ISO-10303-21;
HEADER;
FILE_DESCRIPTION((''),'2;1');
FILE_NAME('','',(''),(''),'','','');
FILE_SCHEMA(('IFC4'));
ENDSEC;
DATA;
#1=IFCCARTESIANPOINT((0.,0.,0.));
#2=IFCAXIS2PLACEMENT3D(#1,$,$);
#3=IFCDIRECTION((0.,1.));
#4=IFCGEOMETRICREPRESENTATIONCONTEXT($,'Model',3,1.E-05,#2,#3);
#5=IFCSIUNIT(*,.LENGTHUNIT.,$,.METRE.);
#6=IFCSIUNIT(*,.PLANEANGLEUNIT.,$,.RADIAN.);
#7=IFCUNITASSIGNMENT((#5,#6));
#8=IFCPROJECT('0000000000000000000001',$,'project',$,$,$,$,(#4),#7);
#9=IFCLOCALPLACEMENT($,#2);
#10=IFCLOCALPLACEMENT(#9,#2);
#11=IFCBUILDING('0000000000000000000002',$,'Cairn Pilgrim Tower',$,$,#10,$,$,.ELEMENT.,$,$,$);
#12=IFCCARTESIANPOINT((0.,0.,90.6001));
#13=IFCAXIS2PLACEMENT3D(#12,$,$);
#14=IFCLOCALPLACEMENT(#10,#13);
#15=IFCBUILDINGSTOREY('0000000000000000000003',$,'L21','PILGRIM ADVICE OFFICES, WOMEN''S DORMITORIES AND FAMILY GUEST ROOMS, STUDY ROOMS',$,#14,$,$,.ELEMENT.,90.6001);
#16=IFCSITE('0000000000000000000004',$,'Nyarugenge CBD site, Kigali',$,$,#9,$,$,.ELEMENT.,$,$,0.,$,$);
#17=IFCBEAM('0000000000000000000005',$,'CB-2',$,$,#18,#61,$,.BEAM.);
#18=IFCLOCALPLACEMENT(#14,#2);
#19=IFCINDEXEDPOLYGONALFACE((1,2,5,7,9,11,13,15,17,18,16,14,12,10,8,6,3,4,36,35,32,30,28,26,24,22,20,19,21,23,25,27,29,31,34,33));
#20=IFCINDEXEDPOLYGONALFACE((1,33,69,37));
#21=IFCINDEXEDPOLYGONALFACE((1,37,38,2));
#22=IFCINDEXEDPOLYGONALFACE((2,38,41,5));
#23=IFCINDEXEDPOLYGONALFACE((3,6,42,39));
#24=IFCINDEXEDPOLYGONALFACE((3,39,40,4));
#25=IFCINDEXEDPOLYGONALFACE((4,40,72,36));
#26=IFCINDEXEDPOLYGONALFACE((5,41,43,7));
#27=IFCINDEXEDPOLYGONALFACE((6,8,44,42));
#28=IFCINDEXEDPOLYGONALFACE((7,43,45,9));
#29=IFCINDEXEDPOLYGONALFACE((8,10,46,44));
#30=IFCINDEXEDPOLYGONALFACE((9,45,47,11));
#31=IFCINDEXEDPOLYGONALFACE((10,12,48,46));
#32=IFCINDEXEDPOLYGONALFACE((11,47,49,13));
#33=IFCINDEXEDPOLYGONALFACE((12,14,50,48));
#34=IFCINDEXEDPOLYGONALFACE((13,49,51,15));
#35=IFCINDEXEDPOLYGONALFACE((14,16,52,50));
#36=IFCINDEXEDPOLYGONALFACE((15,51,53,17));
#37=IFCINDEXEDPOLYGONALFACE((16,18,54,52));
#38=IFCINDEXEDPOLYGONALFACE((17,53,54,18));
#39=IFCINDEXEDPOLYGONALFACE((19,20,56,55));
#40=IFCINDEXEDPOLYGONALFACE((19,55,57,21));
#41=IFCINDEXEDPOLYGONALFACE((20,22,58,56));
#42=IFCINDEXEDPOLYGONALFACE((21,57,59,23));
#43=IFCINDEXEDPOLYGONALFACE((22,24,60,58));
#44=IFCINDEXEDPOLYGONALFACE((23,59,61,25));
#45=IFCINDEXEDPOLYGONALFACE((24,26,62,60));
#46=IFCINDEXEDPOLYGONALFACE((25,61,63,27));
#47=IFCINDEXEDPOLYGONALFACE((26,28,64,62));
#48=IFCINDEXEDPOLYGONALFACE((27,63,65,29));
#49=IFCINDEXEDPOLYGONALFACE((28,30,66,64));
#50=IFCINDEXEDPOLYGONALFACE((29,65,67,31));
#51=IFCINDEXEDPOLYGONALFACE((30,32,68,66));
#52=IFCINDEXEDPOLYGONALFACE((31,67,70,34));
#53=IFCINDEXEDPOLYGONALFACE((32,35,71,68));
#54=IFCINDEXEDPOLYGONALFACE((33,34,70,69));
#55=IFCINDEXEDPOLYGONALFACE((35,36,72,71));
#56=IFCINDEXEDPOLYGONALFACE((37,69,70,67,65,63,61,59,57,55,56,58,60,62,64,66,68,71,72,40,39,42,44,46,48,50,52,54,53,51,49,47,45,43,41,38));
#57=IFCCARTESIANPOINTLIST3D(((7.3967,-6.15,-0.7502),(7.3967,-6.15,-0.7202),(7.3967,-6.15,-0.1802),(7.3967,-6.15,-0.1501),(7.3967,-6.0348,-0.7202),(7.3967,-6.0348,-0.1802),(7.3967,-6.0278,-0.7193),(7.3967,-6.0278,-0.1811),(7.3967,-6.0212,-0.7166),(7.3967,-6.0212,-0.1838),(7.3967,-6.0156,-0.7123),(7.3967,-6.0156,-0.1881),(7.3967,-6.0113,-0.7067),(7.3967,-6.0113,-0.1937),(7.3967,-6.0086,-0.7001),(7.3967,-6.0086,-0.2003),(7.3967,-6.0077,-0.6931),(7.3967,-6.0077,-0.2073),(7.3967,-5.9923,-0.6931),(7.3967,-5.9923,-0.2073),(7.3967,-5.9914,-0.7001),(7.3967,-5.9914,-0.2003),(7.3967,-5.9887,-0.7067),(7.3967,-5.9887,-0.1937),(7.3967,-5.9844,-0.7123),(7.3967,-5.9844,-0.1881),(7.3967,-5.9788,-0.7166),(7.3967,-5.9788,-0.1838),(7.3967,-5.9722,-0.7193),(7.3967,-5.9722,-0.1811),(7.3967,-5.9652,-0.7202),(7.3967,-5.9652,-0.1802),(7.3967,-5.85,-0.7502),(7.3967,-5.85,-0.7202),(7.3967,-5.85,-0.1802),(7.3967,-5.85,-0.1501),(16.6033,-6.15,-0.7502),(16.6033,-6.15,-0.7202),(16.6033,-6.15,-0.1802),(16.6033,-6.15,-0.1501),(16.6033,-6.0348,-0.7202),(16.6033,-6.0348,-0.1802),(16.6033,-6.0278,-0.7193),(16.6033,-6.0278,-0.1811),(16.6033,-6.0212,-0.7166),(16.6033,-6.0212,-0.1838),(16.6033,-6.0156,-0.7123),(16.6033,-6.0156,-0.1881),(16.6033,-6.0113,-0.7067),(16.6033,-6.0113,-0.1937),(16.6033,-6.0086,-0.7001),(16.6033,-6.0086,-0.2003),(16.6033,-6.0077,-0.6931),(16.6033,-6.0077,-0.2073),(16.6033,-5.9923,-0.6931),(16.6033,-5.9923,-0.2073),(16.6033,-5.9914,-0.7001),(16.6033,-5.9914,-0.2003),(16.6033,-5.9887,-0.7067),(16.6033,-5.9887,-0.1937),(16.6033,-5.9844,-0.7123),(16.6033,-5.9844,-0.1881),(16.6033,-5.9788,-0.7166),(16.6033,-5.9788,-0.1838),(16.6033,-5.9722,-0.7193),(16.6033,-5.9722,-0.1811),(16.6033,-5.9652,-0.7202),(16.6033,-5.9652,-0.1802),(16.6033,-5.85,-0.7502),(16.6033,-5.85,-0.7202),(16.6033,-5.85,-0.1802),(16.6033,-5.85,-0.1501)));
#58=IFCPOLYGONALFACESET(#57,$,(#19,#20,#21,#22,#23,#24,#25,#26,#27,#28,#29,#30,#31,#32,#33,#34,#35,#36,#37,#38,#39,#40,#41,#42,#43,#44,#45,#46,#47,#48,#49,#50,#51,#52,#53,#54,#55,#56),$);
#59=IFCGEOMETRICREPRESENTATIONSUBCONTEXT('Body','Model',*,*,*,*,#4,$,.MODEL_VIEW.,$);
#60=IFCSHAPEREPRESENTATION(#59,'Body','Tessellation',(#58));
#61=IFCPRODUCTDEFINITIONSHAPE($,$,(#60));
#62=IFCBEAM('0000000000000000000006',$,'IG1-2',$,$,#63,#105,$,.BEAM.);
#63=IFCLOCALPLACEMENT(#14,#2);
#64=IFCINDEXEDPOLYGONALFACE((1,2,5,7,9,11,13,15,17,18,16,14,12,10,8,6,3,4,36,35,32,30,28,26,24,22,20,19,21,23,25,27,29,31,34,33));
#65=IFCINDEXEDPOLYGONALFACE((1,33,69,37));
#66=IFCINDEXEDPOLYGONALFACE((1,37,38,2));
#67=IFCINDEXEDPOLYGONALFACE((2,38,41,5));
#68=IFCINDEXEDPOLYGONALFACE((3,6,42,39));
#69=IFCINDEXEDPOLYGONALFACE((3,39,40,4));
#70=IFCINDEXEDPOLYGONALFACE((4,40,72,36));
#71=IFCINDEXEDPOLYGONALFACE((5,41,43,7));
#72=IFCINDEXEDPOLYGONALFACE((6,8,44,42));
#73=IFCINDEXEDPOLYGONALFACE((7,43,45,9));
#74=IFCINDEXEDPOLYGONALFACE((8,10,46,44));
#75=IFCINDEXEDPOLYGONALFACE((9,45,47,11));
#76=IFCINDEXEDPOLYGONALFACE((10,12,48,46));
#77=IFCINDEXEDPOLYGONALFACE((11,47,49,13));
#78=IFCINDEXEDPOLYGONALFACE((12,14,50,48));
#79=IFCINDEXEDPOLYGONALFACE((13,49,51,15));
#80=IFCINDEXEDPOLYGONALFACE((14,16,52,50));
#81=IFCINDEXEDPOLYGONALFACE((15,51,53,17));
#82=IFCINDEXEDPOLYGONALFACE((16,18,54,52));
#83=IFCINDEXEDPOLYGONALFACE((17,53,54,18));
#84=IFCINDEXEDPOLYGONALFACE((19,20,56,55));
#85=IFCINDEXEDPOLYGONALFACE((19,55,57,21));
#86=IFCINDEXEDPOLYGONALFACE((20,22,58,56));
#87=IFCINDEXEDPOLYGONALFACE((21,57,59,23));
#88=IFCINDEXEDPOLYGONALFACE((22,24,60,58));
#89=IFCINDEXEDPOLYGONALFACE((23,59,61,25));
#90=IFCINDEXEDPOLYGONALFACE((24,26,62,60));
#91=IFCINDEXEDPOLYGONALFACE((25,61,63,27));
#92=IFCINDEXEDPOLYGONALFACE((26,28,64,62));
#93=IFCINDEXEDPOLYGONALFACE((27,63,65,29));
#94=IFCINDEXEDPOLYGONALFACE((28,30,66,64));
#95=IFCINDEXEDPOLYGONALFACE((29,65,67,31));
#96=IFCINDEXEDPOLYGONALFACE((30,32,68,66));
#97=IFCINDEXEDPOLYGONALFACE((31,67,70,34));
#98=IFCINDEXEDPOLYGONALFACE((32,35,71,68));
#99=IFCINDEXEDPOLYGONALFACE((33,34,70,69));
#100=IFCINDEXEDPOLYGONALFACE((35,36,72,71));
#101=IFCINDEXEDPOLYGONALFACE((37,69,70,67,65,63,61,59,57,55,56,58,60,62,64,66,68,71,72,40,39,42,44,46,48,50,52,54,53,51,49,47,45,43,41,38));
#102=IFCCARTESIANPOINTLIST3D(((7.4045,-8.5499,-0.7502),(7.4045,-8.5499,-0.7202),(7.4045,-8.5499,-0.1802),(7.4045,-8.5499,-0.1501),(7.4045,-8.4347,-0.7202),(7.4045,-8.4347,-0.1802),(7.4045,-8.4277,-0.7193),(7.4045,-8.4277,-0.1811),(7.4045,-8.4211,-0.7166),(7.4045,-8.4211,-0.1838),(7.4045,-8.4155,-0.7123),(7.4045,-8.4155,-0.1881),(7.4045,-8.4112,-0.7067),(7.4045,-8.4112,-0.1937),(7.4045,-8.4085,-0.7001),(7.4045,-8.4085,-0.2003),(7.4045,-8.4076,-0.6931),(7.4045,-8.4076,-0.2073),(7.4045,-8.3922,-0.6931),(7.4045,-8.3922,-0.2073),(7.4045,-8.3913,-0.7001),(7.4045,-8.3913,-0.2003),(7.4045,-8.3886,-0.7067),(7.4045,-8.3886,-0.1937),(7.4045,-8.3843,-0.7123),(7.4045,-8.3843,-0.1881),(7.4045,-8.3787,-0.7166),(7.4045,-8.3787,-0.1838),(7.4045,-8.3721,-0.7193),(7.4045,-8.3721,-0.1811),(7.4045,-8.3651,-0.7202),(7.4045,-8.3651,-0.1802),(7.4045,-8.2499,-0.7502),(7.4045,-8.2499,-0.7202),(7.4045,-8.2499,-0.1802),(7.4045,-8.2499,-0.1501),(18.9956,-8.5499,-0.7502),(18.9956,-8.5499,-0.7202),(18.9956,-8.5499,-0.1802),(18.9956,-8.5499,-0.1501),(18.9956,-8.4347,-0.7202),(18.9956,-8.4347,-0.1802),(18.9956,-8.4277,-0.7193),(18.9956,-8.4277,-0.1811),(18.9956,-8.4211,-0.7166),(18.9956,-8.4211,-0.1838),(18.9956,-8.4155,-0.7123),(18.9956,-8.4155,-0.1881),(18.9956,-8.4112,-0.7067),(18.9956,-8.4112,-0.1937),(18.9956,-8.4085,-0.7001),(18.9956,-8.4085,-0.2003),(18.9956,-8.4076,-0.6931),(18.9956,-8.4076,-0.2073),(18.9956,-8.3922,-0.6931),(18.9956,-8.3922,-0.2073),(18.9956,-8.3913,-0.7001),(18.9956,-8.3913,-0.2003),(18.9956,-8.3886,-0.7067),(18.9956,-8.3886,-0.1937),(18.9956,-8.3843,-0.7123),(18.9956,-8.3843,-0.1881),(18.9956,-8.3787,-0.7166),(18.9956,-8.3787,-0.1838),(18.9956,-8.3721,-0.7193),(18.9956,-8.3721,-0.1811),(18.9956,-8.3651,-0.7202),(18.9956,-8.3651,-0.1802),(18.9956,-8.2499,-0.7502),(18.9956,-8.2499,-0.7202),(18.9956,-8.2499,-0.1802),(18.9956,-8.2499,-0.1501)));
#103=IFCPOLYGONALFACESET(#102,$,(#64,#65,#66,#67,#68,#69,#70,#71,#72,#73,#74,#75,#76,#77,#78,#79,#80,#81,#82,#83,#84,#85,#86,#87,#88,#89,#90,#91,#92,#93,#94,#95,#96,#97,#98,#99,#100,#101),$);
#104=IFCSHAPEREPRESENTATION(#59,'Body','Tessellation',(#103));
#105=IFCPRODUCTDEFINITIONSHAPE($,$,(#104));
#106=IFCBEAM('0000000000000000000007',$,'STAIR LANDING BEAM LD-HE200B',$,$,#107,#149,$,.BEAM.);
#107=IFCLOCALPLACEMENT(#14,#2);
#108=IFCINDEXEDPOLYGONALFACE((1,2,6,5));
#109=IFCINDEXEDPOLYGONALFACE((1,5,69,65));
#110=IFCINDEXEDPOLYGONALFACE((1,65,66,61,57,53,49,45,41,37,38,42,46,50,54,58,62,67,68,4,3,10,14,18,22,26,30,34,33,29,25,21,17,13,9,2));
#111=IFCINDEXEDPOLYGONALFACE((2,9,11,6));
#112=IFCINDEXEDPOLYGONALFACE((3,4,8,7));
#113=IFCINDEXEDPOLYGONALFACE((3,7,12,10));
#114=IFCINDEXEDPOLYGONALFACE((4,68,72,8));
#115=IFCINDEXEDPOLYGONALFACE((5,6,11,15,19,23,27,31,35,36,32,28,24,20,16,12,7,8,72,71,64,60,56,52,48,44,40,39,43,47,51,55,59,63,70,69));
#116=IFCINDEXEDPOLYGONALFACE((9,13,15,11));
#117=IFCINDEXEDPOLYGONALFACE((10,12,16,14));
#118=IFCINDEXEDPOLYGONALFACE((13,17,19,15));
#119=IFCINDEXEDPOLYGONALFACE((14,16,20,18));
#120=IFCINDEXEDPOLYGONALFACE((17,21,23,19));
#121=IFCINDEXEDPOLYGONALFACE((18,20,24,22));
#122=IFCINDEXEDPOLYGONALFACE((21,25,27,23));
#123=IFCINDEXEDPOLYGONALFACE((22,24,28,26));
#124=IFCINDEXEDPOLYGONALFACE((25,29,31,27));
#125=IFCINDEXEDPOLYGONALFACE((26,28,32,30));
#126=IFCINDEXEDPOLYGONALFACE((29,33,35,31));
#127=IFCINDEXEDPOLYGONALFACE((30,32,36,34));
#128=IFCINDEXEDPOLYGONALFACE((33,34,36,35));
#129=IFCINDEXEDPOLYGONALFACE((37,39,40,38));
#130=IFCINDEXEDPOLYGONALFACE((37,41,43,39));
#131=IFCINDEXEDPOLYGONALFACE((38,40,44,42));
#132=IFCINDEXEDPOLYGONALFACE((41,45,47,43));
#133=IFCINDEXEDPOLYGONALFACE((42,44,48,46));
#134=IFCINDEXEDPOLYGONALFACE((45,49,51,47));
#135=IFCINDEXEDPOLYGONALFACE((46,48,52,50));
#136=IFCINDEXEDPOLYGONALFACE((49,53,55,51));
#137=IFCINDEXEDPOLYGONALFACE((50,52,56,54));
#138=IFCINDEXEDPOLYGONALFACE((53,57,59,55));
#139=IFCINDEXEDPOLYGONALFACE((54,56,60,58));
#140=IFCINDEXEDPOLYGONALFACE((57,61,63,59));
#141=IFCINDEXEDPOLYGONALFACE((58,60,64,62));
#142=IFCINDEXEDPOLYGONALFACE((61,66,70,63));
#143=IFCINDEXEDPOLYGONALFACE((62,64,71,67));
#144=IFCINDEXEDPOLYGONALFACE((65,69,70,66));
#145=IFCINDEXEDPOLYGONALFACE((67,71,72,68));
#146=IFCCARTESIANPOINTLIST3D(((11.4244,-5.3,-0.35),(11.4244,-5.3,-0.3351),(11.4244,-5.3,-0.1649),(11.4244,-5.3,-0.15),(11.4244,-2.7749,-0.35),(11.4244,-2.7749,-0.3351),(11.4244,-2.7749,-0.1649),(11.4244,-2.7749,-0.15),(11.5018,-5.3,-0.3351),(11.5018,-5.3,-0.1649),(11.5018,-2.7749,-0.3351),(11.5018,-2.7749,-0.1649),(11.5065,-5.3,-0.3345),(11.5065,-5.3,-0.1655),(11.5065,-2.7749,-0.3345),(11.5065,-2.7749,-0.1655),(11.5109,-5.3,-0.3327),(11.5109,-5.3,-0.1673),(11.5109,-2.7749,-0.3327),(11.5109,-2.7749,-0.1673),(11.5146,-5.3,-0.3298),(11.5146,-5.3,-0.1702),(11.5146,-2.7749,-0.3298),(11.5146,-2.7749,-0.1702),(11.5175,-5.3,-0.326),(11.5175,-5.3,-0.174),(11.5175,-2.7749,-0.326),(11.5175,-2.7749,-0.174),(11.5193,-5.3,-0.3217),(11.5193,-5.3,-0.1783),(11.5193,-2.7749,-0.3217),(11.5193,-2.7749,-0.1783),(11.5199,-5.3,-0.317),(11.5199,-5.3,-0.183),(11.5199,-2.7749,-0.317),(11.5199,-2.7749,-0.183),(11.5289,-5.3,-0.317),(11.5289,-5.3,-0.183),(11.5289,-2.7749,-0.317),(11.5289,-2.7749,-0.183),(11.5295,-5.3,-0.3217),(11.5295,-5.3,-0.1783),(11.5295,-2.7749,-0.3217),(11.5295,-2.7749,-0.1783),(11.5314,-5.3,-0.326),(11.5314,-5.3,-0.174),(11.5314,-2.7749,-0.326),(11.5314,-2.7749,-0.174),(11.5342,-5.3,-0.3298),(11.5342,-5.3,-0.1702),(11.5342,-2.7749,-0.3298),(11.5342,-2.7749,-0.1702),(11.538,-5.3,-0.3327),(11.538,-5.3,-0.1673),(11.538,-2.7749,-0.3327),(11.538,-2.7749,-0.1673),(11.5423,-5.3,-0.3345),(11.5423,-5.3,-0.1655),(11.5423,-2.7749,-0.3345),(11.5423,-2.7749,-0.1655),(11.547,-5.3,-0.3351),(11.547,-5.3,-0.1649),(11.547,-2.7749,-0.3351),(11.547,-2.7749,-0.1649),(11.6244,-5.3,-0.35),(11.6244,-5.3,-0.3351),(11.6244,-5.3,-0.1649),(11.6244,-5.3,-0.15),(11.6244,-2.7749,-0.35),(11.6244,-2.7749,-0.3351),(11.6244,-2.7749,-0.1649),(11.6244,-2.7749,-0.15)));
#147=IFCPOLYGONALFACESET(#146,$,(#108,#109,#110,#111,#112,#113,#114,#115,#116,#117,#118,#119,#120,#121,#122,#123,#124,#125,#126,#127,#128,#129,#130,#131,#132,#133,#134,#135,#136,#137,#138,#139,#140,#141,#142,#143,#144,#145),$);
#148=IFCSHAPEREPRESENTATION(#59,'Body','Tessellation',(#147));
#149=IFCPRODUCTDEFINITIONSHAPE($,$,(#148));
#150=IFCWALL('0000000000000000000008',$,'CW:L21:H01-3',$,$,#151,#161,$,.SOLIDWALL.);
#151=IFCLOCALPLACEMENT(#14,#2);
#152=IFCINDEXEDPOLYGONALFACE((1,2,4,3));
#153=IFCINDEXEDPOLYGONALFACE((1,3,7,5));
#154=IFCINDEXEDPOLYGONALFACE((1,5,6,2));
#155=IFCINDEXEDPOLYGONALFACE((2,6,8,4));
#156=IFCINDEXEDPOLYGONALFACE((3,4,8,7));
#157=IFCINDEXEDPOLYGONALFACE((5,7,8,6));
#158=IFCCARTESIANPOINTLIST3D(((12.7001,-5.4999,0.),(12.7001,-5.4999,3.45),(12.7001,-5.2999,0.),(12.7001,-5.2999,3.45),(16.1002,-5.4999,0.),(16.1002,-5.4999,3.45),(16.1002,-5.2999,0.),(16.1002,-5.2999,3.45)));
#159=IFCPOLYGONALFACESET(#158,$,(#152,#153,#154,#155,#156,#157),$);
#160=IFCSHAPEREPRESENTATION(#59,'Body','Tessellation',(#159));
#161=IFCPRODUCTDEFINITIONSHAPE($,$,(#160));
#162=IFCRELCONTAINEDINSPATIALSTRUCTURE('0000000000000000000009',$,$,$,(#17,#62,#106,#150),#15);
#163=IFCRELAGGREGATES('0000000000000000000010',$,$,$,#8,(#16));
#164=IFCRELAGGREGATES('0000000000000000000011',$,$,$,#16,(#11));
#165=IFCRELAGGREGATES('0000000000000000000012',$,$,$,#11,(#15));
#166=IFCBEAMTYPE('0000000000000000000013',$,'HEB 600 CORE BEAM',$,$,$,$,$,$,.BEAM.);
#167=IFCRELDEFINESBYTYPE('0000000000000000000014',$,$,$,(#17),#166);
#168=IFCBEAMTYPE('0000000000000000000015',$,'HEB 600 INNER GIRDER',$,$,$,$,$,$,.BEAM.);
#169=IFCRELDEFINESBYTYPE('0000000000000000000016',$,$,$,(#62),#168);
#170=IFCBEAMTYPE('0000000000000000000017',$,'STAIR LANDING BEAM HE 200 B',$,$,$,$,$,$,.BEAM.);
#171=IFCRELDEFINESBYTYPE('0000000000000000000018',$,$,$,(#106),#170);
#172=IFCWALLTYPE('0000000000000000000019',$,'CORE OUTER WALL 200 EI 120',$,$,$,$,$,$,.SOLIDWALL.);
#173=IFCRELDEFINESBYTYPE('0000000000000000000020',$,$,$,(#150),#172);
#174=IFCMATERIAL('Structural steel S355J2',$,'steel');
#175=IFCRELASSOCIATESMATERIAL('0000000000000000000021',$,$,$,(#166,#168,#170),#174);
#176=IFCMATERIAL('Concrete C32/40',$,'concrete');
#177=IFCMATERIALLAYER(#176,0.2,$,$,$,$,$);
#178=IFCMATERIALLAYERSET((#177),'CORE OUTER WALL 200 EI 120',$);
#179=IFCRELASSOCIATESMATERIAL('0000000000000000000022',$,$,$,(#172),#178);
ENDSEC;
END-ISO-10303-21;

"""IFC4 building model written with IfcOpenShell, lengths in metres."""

from ifc_helpers import new_model, si_unit, direction, frame, frame_2d, origin, origin_2d, place, context, subcontext, project, spatial, rectangle, i_section, extrude, material, layer, layer_set, material_profile, profile_set, type_object, element, save


model = new_model("IFC4")

# Units and contexts
model_context = context("Model", 3, precision=1e-05, world=origin(), true_north=direction((0.0, 1.0)))
body_context = subcontext(model_context, "Body", "Model", "MODEL_VIEW")
ifc_project = project(units=[si_unit("LENGTHUNIT", "METRE"), si_unit("PLANEANGLEUNIT", "RADIAN")], contexts=[model_context])

# Site, building, storey
site_placement = place(None, origin())
site = spatial("IfcSite", under=ifc_project, at=site_placement, Name="Nyarugenge CBD site, Kigali", CompositionType="ELEMENT", RefElevation=0.0)
building_placement = place(site_placement, origin())
building = spatial("IfcBuilding", under=site, at=building_placement, Name="Cairn Pilgrim Tower", CompositionType="ELEMENT")
storey_placement = place(building_placement, frame((0.0, 0.0, 90.6001)))
storey = spatial("IfcBuildingStorey", under=building, at=storey_placement, Name="L21", Description="PILGRIM ADVICE OFFICES, WOMEN'S DORMITORIES AND FAMILY GUEST ROOMS, STUDY ROOMS", CompositionType="ELEMENT", Elevation=90.6001)

# Beams
ifc_material_1 = material(Name="Structural steel S355J2", Category="steel")
ifc_material_profile_1 = material_profile(ifc_material_1, i_section(OverallWidth=0.3, OverallDepth=0.6001, WebThickness=0.0154, FlangeThickness=0.03, FilletRadius=0.0271, at=origin_2d()), Name="HEB 600")
ifc_profile_set_1 = profile_set([ifc_material_profile_1], Name="Structural steel S355J2")
beam_type_1 = type_object("IfcBeamType", Name="HEB 600 CORE BEAM", PredefinedType="BEAM", material=ifc_profile_set_1)
beam_1_placement = place(storey_placement, frame((7.3967, -6.0, -0.4502), z_axis=(1.0, 0.0, 0.0), x_axis=(0.0, 1.0, 0.0)))
element("IfcBeam", 1, at=beam_1_placement, inside=storey, type_object=beam_type_1, Name="CB-2", PredefinedType="BEAM", context=body_context, shape_type="SweptSolid", body=[
    extrude(i_section(OverallWidth=0.3, OverallDepth=0.6001, WebThickness=0.0154, FlangeThickness=0.03, FilletRadius=0.0271, at=origin_2d()), origin(), (0.0, 0.0, 1.0), 9.2065),
])
ifc_material_profile_2 = material_profile(ifc_material_1, i_section(OverallWidth=0.3, OverallDepth=0.6001, WebThickness=0.0154, FlangeThickness=0.03, FilletRadius=0.0271, at=origin_2d()), Name="HEB 600")
ifc_profile_set_2 = profile_set([ifc_material_profile_2], Name="Structural steel S355J2")
beam_type_2 = type_object("IfcBeamType", Name="HEB 600 INNER GIRDER", PredefinedType="BEAM", material=ifc_profile_set_2)
beam_2_placement = place(storey_placement, frame((7.4045, -8.3999, -0.4502), z_axis=(1.0, 0.0, 0.0), x_axis=(0.0, 1.0, 0.0)))
element("IfcBeam", 2, at=beam_2_placement, inside=storey, type_object=beam_type_2, Name="IG1-2", PredefinedType="BEAM", context=body_context, shape_type="SweptSolid", body=[
    extrude(i_section(OverallWidth=0.3, OverallDepth=0.6001, WebThickness=0.0154, FlangeThickness=0.03, FilletRadius=0.0271, at=origin_2d()), origin(), (0.0, 0.0, 1.0), 11.5911),
])
ifc_material_profile_3 = material_profile(ifc_material_1, i_section(OverallWidth=0.2, OverallDepth=0.2, WebThickness=0.009, FlangeThickness=0.0149, FilletRadius=0.0181, at=origin_2d()), Name="HE 200 B")
ifc_profile_set_3 = profile_set([ifc_material_profile_3], Name="Structural steel S355J2")
beam_type_3 = type_object("IfcBeamType", Name="STAIR LANDING BEAM HE 200 B", PredefinedType="BEAM", material=ifc_profile_set_3)
beam_3_placement = place(storey_placement, frame((11.5244, -2.7749, -0.25), z_axis=(0.0, -1.0, 0.0), x_axis=(1.0, 0.0, 0.0)))
element("IfcBeam", 3, at=beam_3_placement, inside=storey, type_object=beam_type_3, Name="STAIR LANDING BEAM LD-HE200B", PredefinedType="BEAM", context=body_context, shape_type="SweptSolid", body=[
    extrude(i_section(OverallWidth=0.2, OverallDepth=0.2, WebThickness=0.009, FlangeThickness=0.0149, FilletRadius=0.0181, at=origin_2d()), origin(), (0.0, 0.0, 1.0), 2.5251),
])

# Wall
ifc_material_2 = material(Name="Concrete C32/40", Category="concrete")
ifc_layer_1 = layer(ifc_material_2, 0.2)
ifc_layer_set_1 = layer_set([ifc_layer_1], Name="CORE OUTER WALL 200 EI 120")
wall_type_1 = type_object("IfcWallType", Name="CORE OUTER WALL 200 EI 120", PredefinedType="SOLIDWALL", material=ifc_layer_set_1)
wall_1_placement = place(storey_placement, frame((12.7, -5.3999, 0.0), z_axis=(0.0, 0.0, 1.0), x_axis=(1.0, 0.0, 0.0)))
element("IfcWall", 4, at=wall_1_placement, inside=storey, type_object=wall_type_1, Name="CW:L21:H01-3", PredefinedType="SOLIDWALL", context=body_context, shape_type="SweptSolid", body=[
    extrude(rectangle(XDim=3.4001, YDim=0.2, at=frame_2d((1.7002, 0.0))), origin(), (0.0, 0.0, 1.0), 3.45),
])

save(model, "model.ifc")
